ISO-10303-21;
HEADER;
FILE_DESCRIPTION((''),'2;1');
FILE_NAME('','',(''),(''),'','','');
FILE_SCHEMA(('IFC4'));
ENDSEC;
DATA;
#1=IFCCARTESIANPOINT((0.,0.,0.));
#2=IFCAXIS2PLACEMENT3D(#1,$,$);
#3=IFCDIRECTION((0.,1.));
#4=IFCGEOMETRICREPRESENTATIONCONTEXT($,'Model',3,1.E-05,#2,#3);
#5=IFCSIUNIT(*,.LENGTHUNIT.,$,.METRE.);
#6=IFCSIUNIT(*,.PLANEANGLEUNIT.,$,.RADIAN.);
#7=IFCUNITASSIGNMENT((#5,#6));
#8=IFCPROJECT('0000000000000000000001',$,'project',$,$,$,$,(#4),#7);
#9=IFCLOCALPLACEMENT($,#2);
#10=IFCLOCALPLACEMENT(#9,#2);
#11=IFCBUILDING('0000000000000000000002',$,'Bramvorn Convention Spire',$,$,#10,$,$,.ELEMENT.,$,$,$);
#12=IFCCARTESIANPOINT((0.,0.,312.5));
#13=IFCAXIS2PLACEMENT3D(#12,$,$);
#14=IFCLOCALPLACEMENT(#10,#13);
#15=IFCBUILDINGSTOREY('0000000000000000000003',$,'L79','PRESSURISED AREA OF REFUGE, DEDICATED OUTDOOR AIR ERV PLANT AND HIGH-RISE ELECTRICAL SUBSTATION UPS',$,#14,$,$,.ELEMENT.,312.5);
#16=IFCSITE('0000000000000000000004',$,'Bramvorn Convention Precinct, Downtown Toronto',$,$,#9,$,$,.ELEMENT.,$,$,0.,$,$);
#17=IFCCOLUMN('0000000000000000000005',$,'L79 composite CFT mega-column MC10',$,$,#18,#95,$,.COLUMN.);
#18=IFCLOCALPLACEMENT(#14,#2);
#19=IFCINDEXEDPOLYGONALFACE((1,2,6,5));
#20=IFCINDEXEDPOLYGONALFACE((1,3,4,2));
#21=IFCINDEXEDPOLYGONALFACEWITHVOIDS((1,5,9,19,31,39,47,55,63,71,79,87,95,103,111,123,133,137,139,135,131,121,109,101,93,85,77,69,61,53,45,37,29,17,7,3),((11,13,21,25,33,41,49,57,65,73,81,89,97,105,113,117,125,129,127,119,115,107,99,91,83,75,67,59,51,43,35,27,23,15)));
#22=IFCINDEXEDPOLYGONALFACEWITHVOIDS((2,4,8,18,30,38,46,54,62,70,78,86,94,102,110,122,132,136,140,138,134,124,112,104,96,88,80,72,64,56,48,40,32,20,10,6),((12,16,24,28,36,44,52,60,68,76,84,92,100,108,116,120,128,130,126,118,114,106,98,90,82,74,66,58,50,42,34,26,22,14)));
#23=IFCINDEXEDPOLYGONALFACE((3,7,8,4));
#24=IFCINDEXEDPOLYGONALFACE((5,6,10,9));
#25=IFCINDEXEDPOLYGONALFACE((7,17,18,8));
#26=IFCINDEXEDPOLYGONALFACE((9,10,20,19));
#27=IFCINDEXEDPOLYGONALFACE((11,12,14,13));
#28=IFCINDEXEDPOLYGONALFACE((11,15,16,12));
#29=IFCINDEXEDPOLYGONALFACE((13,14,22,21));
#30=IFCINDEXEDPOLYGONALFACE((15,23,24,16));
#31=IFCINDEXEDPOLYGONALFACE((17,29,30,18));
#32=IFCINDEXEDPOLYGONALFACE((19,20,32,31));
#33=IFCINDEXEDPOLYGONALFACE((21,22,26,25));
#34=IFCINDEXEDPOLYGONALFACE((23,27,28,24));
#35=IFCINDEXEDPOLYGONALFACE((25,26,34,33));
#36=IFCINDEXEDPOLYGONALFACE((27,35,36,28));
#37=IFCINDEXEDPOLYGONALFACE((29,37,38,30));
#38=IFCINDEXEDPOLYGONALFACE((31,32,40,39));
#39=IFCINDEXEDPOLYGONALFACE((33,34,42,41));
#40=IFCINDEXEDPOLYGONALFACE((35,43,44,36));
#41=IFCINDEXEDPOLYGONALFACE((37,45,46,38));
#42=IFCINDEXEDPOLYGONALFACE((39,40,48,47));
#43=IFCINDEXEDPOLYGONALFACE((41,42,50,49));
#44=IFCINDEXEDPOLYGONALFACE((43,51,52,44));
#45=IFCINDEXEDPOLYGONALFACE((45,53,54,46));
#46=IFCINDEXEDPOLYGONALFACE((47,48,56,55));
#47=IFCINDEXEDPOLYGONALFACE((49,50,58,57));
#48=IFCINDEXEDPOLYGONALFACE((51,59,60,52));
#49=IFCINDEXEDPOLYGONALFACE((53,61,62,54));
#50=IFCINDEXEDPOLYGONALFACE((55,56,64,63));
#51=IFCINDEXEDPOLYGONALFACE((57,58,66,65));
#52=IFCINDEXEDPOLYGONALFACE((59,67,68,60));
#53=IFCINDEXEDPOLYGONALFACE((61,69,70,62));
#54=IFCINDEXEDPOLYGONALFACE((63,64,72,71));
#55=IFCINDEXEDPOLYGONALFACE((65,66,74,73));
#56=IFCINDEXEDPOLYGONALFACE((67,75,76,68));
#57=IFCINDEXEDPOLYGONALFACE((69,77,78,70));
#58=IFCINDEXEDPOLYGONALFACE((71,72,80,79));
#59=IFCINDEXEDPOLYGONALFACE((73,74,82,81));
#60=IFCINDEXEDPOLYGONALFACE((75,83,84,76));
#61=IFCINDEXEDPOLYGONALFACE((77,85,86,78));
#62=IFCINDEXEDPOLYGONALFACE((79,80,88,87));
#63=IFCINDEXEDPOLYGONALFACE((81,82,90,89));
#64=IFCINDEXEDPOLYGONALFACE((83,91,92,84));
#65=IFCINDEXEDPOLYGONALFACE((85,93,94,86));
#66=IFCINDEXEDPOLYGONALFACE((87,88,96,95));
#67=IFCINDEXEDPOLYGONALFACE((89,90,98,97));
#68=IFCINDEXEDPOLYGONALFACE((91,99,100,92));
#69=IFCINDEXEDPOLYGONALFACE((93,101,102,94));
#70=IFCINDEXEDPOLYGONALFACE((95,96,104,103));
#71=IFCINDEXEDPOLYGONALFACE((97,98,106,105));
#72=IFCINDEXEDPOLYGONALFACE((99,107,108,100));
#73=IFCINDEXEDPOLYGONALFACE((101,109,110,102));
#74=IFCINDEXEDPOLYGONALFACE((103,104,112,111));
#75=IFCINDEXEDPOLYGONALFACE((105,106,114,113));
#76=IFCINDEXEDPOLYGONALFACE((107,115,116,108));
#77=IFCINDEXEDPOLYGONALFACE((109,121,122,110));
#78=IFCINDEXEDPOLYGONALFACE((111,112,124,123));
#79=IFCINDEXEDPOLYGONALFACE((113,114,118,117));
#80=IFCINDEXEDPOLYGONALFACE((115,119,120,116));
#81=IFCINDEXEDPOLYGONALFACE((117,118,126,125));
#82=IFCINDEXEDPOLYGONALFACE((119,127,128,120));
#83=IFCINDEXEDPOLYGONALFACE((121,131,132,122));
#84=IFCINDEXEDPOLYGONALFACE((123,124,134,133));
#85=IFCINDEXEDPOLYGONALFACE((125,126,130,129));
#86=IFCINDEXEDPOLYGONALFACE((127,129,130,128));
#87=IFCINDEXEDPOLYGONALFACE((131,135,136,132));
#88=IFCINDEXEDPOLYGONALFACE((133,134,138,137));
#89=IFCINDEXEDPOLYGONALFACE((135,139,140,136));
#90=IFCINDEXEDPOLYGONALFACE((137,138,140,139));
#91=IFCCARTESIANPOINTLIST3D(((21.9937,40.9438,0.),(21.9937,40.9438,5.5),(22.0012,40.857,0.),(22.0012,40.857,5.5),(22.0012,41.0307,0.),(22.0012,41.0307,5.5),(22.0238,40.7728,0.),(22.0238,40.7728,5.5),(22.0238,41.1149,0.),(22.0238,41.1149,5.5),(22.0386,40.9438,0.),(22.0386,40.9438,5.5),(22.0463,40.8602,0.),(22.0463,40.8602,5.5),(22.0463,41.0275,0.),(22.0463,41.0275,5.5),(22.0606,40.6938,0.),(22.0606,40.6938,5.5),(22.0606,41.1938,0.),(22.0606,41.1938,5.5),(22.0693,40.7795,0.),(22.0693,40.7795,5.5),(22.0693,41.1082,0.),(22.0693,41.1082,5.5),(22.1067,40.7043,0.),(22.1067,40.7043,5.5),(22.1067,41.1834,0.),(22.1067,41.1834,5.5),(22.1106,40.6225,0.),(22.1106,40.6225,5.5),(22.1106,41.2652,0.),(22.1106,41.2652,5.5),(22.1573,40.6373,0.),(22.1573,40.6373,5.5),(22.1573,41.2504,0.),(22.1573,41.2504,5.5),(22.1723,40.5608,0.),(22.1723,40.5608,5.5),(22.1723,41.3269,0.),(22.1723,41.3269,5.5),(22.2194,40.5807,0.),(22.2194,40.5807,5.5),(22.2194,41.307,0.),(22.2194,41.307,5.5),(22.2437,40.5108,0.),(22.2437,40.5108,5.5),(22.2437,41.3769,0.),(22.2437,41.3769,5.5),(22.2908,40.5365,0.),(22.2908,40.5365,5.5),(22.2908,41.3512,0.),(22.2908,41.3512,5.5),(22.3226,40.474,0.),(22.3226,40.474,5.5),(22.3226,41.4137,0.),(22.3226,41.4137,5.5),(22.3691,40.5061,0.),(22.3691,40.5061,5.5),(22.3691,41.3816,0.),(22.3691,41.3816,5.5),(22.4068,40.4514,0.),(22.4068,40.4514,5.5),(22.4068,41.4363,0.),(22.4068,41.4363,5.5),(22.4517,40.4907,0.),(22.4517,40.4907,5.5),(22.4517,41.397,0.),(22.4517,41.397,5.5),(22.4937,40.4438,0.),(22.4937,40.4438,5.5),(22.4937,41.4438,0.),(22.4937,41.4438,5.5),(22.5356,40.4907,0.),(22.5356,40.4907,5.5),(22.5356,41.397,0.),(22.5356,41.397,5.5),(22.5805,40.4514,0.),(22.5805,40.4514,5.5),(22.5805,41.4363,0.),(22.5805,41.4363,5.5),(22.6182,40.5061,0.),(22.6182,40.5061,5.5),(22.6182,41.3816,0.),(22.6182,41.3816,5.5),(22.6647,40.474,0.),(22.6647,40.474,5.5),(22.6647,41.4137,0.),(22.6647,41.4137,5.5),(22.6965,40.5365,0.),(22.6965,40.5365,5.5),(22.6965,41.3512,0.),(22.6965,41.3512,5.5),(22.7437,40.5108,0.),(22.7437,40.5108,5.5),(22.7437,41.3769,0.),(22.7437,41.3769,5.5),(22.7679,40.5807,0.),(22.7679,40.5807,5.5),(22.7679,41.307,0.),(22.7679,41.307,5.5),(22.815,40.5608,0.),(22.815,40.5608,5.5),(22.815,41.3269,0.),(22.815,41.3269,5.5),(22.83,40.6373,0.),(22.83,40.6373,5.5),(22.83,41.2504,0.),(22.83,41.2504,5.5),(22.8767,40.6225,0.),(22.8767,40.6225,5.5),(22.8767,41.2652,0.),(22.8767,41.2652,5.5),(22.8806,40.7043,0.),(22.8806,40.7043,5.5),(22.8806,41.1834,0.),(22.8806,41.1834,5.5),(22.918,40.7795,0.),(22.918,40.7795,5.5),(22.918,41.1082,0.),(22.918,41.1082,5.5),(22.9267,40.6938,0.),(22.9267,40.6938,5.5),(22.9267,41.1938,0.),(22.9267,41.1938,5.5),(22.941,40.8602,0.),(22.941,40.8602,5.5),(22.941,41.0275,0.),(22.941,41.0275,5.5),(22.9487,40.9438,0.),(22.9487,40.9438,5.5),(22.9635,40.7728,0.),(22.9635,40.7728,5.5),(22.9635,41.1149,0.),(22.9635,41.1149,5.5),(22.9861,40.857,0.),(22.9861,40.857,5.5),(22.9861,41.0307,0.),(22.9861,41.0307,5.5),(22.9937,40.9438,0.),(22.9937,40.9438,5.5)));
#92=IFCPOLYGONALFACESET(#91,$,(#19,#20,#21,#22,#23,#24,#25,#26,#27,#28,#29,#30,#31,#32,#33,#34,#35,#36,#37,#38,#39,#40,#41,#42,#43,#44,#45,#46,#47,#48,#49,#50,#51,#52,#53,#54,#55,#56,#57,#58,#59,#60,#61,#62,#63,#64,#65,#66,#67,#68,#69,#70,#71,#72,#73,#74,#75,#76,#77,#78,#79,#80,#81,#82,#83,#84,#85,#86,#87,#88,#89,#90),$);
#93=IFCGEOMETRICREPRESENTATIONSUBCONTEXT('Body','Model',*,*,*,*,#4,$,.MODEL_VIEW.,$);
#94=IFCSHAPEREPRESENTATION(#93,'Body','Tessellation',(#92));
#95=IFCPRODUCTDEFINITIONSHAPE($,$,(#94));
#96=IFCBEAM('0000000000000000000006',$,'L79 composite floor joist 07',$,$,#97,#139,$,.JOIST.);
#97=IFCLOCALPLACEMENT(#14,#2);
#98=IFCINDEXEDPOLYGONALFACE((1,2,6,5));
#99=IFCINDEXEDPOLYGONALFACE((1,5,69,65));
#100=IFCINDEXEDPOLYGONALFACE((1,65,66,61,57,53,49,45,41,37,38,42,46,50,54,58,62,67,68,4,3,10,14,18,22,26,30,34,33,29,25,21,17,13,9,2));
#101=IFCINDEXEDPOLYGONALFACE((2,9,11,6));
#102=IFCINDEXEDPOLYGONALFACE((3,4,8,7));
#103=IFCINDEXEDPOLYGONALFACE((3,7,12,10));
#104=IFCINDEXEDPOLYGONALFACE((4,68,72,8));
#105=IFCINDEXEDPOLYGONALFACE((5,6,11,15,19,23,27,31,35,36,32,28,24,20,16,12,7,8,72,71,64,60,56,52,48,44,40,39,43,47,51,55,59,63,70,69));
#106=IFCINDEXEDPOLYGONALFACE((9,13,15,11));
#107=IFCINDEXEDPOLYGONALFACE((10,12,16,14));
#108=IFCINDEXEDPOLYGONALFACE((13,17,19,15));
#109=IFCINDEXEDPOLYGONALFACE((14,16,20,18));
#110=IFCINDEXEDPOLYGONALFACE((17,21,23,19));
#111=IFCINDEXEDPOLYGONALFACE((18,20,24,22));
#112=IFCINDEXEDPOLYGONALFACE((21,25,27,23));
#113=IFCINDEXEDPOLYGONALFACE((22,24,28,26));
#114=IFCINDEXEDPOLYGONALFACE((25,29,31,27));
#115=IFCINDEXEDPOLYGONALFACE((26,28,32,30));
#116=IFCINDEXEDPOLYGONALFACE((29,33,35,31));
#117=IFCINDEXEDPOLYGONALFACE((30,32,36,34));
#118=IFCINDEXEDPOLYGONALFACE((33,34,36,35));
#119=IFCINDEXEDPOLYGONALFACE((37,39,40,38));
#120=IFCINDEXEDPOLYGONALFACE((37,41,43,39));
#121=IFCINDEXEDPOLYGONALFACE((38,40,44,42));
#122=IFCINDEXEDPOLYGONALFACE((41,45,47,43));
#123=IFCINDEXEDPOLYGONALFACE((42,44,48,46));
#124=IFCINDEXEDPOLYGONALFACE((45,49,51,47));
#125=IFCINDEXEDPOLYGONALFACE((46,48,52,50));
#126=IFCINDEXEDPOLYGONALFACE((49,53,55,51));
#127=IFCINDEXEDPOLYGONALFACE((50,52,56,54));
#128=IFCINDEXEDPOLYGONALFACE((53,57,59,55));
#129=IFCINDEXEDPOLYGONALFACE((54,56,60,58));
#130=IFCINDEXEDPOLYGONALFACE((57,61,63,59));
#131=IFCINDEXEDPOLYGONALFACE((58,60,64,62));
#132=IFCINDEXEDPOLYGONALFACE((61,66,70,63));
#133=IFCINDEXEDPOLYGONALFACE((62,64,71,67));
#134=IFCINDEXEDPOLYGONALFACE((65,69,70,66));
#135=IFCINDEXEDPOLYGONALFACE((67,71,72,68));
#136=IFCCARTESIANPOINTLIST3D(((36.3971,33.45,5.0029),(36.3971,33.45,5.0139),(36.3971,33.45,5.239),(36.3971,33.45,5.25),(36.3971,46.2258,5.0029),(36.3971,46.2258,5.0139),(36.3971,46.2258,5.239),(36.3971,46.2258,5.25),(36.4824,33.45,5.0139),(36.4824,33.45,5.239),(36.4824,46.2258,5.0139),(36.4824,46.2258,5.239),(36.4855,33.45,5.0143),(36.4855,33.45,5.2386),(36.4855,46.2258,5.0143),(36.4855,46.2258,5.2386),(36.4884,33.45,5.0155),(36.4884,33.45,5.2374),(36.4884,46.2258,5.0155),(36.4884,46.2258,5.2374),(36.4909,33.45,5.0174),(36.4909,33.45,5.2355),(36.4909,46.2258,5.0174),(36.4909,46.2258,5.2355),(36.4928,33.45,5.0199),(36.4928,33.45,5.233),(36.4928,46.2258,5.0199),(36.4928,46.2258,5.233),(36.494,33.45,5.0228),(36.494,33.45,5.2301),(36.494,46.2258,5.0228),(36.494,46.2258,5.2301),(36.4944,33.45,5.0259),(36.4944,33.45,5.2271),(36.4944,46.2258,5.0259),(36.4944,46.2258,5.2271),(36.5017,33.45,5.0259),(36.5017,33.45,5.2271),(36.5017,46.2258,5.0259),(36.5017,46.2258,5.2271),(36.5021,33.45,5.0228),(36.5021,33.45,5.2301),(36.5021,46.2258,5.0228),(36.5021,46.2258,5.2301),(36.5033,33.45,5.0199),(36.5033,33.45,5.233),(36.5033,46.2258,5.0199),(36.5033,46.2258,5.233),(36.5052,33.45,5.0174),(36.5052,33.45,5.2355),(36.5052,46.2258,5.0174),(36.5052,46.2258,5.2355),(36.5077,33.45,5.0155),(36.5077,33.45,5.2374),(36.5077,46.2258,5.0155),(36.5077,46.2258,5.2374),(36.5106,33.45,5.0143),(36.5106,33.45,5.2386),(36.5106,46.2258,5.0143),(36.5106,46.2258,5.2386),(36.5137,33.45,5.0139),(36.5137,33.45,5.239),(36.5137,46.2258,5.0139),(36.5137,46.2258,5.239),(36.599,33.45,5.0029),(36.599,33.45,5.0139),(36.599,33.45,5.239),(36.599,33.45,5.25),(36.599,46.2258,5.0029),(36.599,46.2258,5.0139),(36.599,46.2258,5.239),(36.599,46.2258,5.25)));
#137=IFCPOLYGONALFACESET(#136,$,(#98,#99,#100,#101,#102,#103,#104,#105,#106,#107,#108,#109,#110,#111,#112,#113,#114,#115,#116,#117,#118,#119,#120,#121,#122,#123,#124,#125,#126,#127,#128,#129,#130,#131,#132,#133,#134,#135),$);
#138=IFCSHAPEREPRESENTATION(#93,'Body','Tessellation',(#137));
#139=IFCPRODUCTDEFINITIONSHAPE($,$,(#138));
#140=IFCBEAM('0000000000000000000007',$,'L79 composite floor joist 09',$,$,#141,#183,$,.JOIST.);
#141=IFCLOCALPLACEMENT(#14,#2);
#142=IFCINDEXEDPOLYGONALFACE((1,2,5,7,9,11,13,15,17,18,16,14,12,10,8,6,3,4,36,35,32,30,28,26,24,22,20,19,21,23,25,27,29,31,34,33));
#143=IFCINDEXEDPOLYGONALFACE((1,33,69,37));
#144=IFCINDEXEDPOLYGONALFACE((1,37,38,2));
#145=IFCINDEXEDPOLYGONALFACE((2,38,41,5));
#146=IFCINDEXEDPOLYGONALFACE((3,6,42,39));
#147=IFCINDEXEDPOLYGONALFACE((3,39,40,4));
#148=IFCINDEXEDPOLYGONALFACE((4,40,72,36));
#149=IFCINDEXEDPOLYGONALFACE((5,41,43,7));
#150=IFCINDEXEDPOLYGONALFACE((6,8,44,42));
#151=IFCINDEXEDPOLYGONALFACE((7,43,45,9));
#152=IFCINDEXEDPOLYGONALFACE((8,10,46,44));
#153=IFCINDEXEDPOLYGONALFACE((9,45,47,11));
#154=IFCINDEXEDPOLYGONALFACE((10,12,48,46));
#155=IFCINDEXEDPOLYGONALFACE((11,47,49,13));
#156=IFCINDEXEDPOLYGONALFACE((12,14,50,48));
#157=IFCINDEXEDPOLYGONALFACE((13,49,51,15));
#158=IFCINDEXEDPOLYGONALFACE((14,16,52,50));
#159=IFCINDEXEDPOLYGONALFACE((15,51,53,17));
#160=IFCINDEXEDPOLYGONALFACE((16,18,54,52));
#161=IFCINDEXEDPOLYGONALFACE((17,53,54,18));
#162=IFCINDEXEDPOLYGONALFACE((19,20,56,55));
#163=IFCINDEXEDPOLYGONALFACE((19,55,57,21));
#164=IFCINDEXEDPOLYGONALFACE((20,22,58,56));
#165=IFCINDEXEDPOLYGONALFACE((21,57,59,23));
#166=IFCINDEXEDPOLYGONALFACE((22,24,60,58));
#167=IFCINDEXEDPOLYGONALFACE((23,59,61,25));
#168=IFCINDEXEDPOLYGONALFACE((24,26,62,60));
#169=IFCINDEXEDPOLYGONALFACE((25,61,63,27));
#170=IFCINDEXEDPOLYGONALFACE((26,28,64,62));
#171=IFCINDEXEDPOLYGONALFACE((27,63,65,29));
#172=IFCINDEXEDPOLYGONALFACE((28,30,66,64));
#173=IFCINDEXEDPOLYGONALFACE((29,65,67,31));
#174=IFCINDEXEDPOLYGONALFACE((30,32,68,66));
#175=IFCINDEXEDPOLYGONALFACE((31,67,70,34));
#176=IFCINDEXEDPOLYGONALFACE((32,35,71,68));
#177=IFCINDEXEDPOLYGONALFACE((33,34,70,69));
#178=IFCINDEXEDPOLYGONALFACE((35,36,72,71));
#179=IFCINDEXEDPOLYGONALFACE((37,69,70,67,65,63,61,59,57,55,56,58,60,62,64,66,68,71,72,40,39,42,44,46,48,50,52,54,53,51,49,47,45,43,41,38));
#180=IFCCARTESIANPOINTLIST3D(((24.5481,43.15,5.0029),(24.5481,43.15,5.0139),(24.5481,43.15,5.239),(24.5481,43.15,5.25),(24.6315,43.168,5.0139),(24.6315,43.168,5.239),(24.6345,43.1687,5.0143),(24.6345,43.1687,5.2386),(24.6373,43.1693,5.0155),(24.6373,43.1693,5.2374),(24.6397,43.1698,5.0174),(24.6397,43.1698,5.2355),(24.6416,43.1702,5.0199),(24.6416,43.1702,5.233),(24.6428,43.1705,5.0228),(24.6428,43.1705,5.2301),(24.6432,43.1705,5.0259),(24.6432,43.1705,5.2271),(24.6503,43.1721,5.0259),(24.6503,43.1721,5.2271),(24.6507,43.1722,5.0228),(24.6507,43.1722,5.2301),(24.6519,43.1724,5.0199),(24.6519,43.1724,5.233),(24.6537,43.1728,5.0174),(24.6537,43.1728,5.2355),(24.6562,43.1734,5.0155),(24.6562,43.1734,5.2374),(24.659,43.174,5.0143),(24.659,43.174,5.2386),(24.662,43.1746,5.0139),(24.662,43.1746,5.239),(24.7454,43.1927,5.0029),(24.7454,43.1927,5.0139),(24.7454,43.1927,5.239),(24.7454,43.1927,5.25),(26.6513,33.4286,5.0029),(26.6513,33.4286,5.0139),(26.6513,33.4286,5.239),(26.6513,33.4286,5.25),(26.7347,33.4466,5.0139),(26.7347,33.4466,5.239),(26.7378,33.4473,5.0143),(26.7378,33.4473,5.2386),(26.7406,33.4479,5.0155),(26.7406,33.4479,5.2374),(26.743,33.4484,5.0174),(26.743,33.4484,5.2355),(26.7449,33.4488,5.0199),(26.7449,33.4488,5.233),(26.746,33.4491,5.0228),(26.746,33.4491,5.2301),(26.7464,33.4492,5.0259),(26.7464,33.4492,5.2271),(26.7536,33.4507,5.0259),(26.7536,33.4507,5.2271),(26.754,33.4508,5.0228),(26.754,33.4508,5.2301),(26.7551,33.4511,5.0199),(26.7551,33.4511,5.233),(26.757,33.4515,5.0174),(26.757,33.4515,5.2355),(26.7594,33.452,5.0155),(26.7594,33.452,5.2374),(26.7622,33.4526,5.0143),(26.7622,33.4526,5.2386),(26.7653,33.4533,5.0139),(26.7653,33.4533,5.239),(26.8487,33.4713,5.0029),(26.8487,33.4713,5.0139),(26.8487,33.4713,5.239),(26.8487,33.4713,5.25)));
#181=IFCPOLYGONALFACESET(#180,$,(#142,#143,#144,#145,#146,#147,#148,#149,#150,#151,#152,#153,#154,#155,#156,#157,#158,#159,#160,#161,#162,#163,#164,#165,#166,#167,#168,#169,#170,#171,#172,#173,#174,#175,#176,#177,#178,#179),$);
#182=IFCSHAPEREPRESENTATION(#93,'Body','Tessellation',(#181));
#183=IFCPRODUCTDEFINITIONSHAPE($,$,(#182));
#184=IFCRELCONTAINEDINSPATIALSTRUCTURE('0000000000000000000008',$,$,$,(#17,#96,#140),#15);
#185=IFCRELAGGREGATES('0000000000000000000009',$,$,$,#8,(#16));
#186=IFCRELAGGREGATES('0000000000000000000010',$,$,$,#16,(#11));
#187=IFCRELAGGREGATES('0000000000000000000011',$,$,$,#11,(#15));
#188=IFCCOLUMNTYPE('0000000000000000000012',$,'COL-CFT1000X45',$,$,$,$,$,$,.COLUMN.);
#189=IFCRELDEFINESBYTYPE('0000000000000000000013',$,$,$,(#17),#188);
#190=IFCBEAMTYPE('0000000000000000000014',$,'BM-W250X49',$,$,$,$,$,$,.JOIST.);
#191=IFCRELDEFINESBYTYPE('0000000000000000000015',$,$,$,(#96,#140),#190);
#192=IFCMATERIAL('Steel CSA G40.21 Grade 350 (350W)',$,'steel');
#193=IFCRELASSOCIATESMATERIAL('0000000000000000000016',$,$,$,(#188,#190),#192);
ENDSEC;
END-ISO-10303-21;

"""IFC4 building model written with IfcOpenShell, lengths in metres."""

from ifc_helpers import new_model, si_unit, direction, frame, origin, origin_2d, place, context, subcontext, project, spatial, hollow_circle, i_section, extrude, material, material_profile, profile_set, type_object, element, save


model = new_model("IFC4")

# Units and contexts
model_context = context("Model", 3, precision=1e-05, world=origin(), true_north=direction((0.0, 1.0)))
body_context = subcontext(model_context, "Body", "Model", "MODEL_VIEW")
ifc_project = project(units=[si_unit("LENGTHUNIT", "METRE"), si_unit("PLANEANGLEUNIT", "RADIAN")], contexts=[model_context])

# Site, building, storey
site_placement = place(None, origin())
site = spatial("IfcSite", under=ifc_project, at=site_placement, Name="Bramvorn Convention Precinct, Downtown Toronto", CompositionType="ELEMENT", RefElevation=0.0)
building_placement = place(site_placement, origin())
building = spatial("IfcBuilding", under=site, at=building_placement, Name="Bramvorn Convention Spire", CompositionType="ELEMENT")
storey_placement = place(building_placement, frame((0.0, 0.0, 312.5)))
storey = spatial("IfcBuildingStorey", under=building, at=storey_placement, Name="L79", Description="PRESSURISED AREA OF REFUGE, DEDICATED OUTDOOR AIR ERV PLANT AND HIGH-RISE ELECTRICAL SUBSTATION UPS", CompositionType="ELEMENT", Elevation=312.5)

# Column
ifc_material_1 = material(Name="Steel CSA G40.21 Grade 350 (350W)", Category="steel")
ifc_material_profile_1 = material_profile(ifc_material_1, hollow_circle(Radius=0.5, WallThickness=0.0449, at=origin_2d()))
ifc_profile_set_1 = profile_set([ifc_material_profile_1], Name="Steel CSA G40.21 Grade 350 (350W) - CFT1000X45")
column_type = type_object("IfcColumnType", Name="COL-CFT1000X45", PredefinedType="COLUMN", material=ifc_profile_set_1)
column_placement = place(storey_placement, frame((22.4937, 40.9438, 0.0), z_axis=(0.0, 0.0, 1.0), x_axis=(1.0, 0.0, 0.0)))
element("IfcColumn", 1, at=column_placement, inside=storey, type_object=column_type, Name="L79 composite CFT mega-column MC10", PredefinedType="COLUMN", context=body_context, shape_type="SweptSolid", body=[
    extrude(hollow_circle(Radius=0.5, WallThickness=0.0449, at=origin_2d()), origin(), (0.0, 0.0, 1.0), 5.5),
])

# Beams
ifc_material_profile_2 = material_profile(ifc_material_1, i_section(OverallWidth=0.2019, OverallDepth=0.2471, WebThickness=0.0073, FlangeThickness=0.011, FilletRadius=0.012, at=origin_2d()))
ifc_profile_set_2 = profile_set([ifc_material_profile_2], Name="Steel CSA G40.21 Grade 350 (350W) - W250X49")
beam_type_1 = type_object("IfcBeamType", Name="BM-W250X49", PredefinedType="JOIST", material=ifc_profile_set_2)
beam_1_placement = place(storey_placement, frame((36.498, 33.45, 5.1265), z_axis=(0.0, 1.0, 0.0), x_axis=(-1.0, 0.0, 0.0)))
element("IfcBeam", 2, at=beam_1_placement, inside=storey, type_object=beam_type_1, Name="L79 composite floor joist 07", PredefinedType="JOIST", context=body_context, shape_type="SweptSolid", body=[
    extrude(i_section(OverallWidth=0.2019, OverallDepth=0.2471, WebThickness=0.0073, FlangeThickness=0.011, FilletRadius=0.012, at=origin_2d()), origin(), (0.0, 0.0, 1.0), 12.7759),
])
beam_2_placement = place(storey_placement, frame((26.75, 33.45, 5.1265), z_axis=(-0.211461, 0.977386, 0.0), x_axis=(-0.977386, -0.211461, 0.0)))
element("IfcBeam", 3, at=beam_2_placement, inside=storey, type_object=beam_type_1, Name="L79 composite floor joist 09", PredefinedType="JOIST", context=body_context, shape_type="SweptSolid", body=[
    extrude(i_section(OverallWidth=0.2019, OverallDepth=0.2471, WebThickness=0.0073, FlangeThickness=0.011, FilletRadius=0.012, at=origin_2d()), origin(), (0.0, 0.0, 1.0), 9.9463),
])

save(model, "model.ifc")
